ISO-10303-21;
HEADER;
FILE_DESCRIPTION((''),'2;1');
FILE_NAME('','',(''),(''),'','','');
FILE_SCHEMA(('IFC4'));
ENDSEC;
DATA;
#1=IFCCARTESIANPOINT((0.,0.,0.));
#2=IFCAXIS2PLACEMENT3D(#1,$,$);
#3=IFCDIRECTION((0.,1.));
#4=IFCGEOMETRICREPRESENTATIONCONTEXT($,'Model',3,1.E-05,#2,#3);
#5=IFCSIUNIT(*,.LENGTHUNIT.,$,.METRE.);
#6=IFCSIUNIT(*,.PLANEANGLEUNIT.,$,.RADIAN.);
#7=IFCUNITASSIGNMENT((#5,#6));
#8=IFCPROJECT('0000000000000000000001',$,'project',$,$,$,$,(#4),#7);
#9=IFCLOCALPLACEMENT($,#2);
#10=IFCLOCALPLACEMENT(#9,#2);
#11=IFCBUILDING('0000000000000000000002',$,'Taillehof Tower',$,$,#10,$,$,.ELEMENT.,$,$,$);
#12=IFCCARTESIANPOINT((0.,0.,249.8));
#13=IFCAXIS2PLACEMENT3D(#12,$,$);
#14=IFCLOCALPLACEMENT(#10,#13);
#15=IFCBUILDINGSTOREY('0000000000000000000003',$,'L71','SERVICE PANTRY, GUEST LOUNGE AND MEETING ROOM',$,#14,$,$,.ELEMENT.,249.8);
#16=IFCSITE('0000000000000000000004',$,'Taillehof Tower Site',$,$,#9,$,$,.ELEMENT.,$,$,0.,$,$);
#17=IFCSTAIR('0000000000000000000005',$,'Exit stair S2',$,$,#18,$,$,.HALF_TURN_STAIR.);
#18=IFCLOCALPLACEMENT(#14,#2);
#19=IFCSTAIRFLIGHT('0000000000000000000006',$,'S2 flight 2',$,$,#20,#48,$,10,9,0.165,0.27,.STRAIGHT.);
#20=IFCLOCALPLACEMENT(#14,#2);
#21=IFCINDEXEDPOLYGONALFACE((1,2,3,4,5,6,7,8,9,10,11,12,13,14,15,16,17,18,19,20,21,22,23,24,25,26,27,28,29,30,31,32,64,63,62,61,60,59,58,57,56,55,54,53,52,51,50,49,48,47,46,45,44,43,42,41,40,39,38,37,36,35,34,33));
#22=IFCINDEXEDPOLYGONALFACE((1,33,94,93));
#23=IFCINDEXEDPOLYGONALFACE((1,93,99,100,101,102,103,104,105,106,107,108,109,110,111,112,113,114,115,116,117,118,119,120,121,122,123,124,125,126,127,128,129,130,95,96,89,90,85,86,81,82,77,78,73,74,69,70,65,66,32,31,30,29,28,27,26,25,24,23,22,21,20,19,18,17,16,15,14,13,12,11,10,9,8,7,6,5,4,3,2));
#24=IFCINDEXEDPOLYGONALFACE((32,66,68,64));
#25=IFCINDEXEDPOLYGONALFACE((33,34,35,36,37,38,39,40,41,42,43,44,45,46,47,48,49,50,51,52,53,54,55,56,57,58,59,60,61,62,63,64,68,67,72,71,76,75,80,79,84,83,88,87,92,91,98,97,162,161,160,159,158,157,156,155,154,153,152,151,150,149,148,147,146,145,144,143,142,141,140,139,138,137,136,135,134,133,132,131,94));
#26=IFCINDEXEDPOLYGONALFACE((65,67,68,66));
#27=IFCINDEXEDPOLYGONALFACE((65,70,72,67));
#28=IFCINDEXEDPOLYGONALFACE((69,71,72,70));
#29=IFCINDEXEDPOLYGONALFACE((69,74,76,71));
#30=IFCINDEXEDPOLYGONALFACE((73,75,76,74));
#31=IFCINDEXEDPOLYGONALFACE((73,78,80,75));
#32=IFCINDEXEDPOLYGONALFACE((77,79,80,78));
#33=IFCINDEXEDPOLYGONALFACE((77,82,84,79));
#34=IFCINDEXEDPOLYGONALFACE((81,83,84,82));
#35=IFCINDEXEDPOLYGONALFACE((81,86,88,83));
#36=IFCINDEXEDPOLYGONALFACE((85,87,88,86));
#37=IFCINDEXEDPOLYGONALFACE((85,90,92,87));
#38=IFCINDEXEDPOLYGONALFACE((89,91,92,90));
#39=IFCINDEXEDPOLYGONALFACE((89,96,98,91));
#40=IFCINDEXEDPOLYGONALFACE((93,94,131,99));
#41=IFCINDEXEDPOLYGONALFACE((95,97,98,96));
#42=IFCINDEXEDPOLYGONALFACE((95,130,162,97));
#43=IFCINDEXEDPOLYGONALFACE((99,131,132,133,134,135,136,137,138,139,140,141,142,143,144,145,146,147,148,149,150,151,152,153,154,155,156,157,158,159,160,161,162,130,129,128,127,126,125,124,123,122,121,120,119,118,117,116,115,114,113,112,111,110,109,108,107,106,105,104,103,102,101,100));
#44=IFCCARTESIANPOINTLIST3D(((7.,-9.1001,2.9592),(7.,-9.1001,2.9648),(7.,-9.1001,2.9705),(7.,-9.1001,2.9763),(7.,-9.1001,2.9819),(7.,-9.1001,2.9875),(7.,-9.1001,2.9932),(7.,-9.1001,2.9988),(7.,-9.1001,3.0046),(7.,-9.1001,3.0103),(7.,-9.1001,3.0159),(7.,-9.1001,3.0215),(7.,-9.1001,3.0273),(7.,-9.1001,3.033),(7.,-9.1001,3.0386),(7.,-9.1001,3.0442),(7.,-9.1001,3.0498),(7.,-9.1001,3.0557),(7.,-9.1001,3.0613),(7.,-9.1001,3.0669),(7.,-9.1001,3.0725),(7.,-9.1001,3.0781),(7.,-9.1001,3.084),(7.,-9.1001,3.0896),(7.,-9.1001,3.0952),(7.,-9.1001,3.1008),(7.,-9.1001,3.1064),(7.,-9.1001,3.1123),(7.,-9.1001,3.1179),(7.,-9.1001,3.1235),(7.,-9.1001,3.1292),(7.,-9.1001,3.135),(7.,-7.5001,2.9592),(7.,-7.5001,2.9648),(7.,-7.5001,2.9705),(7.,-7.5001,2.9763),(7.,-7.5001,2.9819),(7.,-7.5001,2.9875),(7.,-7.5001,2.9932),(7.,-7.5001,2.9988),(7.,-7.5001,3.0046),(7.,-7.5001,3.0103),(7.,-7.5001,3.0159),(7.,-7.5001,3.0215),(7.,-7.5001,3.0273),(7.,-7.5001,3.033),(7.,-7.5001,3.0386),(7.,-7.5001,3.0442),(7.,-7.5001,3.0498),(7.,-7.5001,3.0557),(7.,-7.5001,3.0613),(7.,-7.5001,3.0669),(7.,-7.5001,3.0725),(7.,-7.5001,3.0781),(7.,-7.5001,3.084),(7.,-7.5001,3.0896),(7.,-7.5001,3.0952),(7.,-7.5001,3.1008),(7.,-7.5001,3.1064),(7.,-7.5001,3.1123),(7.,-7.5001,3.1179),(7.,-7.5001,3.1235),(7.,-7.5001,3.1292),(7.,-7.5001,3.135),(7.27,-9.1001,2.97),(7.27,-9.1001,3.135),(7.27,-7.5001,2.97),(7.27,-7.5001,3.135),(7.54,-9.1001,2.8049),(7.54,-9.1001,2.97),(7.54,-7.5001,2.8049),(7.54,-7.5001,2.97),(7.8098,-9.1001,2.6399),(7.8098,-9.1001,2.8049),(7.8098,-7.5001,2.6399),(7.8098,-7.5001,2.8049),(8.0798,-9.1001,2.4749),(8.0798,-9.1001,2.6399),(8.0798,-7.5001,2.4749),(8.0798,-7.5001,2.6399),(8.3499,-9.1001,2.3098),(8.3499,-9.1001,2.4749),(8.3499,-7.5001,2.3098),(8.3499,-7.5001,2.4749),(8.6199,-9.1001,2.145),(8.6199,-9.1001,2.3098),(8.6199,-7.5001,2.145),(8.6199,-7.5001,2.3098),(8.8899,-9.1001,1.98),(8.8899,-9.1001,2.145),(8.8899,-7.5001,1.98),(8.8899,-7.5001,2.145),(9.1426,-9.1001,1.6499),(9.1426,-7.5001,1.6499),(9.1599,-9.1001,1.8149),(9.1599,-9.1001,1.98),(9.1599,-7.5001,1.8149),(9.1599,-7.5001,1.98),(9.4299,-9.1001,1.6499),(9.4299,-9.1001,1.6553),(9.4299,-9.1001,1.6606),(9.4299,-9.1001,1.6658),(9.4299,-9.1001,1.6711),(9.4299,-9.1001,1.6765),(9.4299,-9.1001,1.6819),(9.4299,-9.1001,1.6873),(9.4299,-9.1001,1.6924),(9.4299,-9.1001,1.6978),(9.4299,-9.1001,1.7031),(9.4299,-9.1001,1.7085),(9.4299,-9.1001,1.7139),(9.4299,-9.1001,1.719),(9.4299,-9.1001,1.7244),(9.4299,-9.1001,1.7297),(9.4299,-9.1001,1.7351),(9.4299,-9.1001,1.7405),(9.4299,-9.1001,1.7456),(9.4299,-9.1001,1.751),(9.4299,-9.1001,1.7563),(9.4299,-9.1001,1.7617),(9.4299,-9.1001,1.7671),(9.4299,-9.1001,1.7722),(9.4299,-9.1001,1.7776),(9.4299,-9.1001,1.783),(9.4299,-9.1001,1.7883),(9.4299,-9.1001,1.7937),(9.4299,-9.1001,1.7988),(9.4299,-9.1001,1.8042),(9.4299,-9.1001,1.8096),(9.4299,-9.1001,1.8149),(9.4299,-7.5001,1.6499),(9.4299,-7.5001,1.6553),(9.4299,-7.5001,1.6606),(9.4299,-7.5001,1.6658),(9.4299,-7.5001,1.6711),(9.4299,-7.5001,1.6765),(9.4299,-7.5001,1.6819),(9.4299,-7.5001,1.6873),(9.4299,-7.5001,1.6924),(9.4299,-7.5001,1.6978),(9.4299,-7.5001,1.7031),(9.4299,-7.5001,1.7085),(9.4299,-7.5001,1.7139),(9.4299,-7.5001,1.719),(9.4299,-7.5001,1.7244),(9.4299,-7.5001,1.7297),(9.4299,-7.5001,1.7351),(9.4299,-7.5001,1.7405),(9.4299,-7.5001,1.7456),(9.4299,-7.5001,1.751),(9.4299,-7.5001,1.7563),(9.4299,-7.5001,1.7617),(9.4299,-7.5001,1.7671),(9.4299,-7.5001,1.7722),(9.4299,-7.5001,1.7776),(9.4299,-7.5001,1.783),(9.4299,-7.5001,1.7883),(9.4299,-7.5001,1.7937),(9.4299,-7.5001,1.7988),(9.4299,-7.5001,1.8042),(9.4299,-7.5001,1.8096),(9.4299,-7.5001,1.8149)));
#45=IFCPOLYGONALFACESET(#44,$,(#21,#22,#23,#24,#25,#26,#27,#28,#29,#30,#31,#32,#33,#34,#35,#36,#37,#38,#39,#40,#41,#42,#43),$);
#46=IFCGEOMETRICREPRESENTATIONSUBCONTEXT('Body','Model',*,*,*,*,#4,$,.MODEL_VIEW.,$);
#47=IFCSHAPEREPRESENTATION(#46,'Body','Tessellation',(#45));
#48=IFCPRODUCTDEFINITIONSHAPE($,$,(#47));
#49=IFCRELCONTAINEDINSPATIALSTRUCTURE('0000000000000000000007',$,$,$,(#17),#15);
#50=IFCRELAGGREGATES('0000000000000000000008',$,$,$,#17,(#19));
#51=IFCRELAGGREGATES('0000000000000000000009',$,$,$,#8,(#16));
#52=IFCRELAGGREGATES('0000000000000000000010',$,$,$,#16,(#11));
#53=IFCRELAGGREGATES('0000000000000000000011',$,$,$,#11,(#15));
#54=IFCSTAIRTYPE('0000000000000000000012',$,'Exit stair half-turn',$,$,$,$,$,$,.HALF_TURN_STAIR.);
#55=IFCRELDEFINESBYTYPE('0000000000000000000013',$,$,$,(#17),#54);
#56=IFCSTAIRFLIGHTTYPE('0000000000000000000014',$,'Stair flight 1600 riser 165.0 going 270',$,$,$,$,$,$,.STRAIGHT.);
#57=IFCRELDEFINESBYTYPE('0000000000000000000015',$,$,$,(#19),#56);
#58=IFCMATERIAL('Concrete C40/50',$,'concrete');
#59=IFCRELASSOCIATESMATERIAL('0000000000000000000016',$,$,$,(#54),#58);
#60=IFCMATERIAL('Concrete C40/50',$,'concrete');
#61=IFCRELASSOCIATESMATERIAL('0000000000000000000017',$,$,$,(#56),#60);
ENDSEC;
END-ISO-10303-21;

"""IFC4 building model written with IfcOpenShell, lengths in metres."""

from ifc_helpers import new_model, si_unit, direction, frame, origin, place, context, subcontext, project, spatial, polyline, outline, extrude, material, type_object, element, aggregate, save


model = new_model("IFC4")

# Units and contexts
model_context = context("Model", 3, precision=1e-05, world=origin(), true_north=direction((0.0, 1.0)))
body_context = subcontext(model_context, "Body", "Model", "MODEL_VIEW")
ifc_project = project(units=[si_unit("LENGTHUNIT", "METRE"), si_unit("PLANEANGLEUNIT", "RADIAN")], contexts=[model_context])

# Site, building, storey
site_placement = place(None, origin())
site = spatial("IfcSite", under=ifc_project, at=site_placement, Name="Taillehof Tower Site", CompositionType="ELEMENT", RefElevation=0.0)
building_placement = place(site_placement, origin())
building = spatial("IfcBuilding", under=site, at=building_placement, Name="Taillehof Tower", CompositionType="ELEMENT")
storey_placement = place(building_placement, frame((0.0, 0.0, 249.8)))
storey = spatial("IfcBuildingStorey", under=building, at=storey_placement, Name="L71", Description="SERVICE PANTRY, GUEST LOUNGE AND MEETING ROOM", CompositionType="ELEMENT", Elevation=249.8)

# Stair, stair flight
ifc_material_1 = material(Name="Concrete C40/50", Category="concrete")
stair_type = type_object("IfcStairType", Name="Exit stair half-turn", PredefinedType="HALF_TURN_STAIR", material=ifc_material_1)
stair_placement = place(storey_placement, origin())
stair = element("IfcStair", 1, at=stair_placement, inside=storey, type_object=stair_type, Name="Exit stair S2", PredefinedType="HALF_TURN_STAIR")
ifc_material_2 = material(Name="Concrete C40/50", Category="concrete")
stair_flight_type = type_object("IfcStairFlightType", Name="Stair flight 1600 riser 165.0 going 270", PredefinedType="STRAIGHT", material=ifc_material_2)
stair_flight_placement = place(storey_placement, frame((9.4299, -8.3, 1.6499), z_axis=(0.0, 0.0, 1.0), x_axis=(-1.0, 0.0, 0.0)))
stair_flight = element("IfcStairFlight", 2, at=stair_flight_placement, type_object=stair_flight_type, Name="S2 flight 2", NumberOfRisers=10, NumberOfTreads=9, PredefinedType="STRAIGHT", RiserHeight=0.165, TreadLength=0.27, context=body_context, shape_type="SweptSolid", body=[
    extrude(outline(polyline([(0.0, 0.0), (0.0, 0.0054), (0.0, 0.0107), (0.0, 0.0159), (0.0, 0.0212), (0.0, 0.0266), (0.0, 0.032), (0.0, 0.0374), (0.0, 0.0425), (0.0, 0.0479), (0.0, 0.0532), (0.0, 0.0586), (0.0, 0.064), (0.0, 0.0691), (0.0, 0.0745), (0.0, 0.0798), (0.0, 0.0852), (0.0, 0.0906), (0.0, 0.0957), (0.0, 0.1011), (0.0, 0.1064), (0.0, 0.1118), (0.0, 0.1172), (0.0, 0.1223), (0.0, 0.1277), (0.0, 0.1331), (0.0, 0.1384), (0.0, 0.1438), (0.0, 0.1489), (0.0, 0.1543), (0.0, 0.1597), (0.0, 0.165), (0.27, 0.165), (0.27, 0.3301), (0.54, 0.3301), (0.54, 0.4951), (0.8101, 0.4951), (0.8101, 0.6599), (1.0801, 0.6599), (1.0801, 0.825), (1.3501, 0.825), (1.3501, 0.99), (1.6201, 0.99), (1.6201, 1.155), (1.8899, 1.155), (1.8899, 1.3201), (2.1599, 1.3201), (2.1599, 1.4851), (2.4299, 1.4851), (2.4299, 1.4792), (2.4299, 1.4736), (2.4299, 1.468), (2.4299, 1.4624), (2.4299, 1.4565), (2.4299, 1.4509), (2.4299, 1.4453), (2.4299, 1.4397), (2.4299, 1.4341), (2.4299, 1.4282), (2.4299, 1.4226), (2.4299, 1.417), (2.4299, 1.4114), (2.4299, 1.4058), (2.4299, 1.3999), (2.4299, 1.3943), (2.4299, 1.3887), (2.4299, 1.3831), (2.4299, 1.3774), (2.4299, 1.3716), (2.4299, 1.366), (2.4299, 1.3604), (2.4299, 1.3547), (2.4299, 1.3489), (2.4299, 1.3433), (2.4299, 1.3376), (2.4299, 1.332), (2.4299, 1.3264), (2.4299, 1.3206), (2.4299, 1.3149), (2.4299, 1.3093), (0.2874, 0.0), (0.0, 0.0)])), frame((0.0, 0.8, 0.0), z_axis=(0.0, -1.0, 0.0), x_axis=(1.0, 0.0, 0.0)), (0.0, 0.0, 1.0), 1.6),
])
aggregate(stair, [stair_flight])

save(model, "model.ifc")
